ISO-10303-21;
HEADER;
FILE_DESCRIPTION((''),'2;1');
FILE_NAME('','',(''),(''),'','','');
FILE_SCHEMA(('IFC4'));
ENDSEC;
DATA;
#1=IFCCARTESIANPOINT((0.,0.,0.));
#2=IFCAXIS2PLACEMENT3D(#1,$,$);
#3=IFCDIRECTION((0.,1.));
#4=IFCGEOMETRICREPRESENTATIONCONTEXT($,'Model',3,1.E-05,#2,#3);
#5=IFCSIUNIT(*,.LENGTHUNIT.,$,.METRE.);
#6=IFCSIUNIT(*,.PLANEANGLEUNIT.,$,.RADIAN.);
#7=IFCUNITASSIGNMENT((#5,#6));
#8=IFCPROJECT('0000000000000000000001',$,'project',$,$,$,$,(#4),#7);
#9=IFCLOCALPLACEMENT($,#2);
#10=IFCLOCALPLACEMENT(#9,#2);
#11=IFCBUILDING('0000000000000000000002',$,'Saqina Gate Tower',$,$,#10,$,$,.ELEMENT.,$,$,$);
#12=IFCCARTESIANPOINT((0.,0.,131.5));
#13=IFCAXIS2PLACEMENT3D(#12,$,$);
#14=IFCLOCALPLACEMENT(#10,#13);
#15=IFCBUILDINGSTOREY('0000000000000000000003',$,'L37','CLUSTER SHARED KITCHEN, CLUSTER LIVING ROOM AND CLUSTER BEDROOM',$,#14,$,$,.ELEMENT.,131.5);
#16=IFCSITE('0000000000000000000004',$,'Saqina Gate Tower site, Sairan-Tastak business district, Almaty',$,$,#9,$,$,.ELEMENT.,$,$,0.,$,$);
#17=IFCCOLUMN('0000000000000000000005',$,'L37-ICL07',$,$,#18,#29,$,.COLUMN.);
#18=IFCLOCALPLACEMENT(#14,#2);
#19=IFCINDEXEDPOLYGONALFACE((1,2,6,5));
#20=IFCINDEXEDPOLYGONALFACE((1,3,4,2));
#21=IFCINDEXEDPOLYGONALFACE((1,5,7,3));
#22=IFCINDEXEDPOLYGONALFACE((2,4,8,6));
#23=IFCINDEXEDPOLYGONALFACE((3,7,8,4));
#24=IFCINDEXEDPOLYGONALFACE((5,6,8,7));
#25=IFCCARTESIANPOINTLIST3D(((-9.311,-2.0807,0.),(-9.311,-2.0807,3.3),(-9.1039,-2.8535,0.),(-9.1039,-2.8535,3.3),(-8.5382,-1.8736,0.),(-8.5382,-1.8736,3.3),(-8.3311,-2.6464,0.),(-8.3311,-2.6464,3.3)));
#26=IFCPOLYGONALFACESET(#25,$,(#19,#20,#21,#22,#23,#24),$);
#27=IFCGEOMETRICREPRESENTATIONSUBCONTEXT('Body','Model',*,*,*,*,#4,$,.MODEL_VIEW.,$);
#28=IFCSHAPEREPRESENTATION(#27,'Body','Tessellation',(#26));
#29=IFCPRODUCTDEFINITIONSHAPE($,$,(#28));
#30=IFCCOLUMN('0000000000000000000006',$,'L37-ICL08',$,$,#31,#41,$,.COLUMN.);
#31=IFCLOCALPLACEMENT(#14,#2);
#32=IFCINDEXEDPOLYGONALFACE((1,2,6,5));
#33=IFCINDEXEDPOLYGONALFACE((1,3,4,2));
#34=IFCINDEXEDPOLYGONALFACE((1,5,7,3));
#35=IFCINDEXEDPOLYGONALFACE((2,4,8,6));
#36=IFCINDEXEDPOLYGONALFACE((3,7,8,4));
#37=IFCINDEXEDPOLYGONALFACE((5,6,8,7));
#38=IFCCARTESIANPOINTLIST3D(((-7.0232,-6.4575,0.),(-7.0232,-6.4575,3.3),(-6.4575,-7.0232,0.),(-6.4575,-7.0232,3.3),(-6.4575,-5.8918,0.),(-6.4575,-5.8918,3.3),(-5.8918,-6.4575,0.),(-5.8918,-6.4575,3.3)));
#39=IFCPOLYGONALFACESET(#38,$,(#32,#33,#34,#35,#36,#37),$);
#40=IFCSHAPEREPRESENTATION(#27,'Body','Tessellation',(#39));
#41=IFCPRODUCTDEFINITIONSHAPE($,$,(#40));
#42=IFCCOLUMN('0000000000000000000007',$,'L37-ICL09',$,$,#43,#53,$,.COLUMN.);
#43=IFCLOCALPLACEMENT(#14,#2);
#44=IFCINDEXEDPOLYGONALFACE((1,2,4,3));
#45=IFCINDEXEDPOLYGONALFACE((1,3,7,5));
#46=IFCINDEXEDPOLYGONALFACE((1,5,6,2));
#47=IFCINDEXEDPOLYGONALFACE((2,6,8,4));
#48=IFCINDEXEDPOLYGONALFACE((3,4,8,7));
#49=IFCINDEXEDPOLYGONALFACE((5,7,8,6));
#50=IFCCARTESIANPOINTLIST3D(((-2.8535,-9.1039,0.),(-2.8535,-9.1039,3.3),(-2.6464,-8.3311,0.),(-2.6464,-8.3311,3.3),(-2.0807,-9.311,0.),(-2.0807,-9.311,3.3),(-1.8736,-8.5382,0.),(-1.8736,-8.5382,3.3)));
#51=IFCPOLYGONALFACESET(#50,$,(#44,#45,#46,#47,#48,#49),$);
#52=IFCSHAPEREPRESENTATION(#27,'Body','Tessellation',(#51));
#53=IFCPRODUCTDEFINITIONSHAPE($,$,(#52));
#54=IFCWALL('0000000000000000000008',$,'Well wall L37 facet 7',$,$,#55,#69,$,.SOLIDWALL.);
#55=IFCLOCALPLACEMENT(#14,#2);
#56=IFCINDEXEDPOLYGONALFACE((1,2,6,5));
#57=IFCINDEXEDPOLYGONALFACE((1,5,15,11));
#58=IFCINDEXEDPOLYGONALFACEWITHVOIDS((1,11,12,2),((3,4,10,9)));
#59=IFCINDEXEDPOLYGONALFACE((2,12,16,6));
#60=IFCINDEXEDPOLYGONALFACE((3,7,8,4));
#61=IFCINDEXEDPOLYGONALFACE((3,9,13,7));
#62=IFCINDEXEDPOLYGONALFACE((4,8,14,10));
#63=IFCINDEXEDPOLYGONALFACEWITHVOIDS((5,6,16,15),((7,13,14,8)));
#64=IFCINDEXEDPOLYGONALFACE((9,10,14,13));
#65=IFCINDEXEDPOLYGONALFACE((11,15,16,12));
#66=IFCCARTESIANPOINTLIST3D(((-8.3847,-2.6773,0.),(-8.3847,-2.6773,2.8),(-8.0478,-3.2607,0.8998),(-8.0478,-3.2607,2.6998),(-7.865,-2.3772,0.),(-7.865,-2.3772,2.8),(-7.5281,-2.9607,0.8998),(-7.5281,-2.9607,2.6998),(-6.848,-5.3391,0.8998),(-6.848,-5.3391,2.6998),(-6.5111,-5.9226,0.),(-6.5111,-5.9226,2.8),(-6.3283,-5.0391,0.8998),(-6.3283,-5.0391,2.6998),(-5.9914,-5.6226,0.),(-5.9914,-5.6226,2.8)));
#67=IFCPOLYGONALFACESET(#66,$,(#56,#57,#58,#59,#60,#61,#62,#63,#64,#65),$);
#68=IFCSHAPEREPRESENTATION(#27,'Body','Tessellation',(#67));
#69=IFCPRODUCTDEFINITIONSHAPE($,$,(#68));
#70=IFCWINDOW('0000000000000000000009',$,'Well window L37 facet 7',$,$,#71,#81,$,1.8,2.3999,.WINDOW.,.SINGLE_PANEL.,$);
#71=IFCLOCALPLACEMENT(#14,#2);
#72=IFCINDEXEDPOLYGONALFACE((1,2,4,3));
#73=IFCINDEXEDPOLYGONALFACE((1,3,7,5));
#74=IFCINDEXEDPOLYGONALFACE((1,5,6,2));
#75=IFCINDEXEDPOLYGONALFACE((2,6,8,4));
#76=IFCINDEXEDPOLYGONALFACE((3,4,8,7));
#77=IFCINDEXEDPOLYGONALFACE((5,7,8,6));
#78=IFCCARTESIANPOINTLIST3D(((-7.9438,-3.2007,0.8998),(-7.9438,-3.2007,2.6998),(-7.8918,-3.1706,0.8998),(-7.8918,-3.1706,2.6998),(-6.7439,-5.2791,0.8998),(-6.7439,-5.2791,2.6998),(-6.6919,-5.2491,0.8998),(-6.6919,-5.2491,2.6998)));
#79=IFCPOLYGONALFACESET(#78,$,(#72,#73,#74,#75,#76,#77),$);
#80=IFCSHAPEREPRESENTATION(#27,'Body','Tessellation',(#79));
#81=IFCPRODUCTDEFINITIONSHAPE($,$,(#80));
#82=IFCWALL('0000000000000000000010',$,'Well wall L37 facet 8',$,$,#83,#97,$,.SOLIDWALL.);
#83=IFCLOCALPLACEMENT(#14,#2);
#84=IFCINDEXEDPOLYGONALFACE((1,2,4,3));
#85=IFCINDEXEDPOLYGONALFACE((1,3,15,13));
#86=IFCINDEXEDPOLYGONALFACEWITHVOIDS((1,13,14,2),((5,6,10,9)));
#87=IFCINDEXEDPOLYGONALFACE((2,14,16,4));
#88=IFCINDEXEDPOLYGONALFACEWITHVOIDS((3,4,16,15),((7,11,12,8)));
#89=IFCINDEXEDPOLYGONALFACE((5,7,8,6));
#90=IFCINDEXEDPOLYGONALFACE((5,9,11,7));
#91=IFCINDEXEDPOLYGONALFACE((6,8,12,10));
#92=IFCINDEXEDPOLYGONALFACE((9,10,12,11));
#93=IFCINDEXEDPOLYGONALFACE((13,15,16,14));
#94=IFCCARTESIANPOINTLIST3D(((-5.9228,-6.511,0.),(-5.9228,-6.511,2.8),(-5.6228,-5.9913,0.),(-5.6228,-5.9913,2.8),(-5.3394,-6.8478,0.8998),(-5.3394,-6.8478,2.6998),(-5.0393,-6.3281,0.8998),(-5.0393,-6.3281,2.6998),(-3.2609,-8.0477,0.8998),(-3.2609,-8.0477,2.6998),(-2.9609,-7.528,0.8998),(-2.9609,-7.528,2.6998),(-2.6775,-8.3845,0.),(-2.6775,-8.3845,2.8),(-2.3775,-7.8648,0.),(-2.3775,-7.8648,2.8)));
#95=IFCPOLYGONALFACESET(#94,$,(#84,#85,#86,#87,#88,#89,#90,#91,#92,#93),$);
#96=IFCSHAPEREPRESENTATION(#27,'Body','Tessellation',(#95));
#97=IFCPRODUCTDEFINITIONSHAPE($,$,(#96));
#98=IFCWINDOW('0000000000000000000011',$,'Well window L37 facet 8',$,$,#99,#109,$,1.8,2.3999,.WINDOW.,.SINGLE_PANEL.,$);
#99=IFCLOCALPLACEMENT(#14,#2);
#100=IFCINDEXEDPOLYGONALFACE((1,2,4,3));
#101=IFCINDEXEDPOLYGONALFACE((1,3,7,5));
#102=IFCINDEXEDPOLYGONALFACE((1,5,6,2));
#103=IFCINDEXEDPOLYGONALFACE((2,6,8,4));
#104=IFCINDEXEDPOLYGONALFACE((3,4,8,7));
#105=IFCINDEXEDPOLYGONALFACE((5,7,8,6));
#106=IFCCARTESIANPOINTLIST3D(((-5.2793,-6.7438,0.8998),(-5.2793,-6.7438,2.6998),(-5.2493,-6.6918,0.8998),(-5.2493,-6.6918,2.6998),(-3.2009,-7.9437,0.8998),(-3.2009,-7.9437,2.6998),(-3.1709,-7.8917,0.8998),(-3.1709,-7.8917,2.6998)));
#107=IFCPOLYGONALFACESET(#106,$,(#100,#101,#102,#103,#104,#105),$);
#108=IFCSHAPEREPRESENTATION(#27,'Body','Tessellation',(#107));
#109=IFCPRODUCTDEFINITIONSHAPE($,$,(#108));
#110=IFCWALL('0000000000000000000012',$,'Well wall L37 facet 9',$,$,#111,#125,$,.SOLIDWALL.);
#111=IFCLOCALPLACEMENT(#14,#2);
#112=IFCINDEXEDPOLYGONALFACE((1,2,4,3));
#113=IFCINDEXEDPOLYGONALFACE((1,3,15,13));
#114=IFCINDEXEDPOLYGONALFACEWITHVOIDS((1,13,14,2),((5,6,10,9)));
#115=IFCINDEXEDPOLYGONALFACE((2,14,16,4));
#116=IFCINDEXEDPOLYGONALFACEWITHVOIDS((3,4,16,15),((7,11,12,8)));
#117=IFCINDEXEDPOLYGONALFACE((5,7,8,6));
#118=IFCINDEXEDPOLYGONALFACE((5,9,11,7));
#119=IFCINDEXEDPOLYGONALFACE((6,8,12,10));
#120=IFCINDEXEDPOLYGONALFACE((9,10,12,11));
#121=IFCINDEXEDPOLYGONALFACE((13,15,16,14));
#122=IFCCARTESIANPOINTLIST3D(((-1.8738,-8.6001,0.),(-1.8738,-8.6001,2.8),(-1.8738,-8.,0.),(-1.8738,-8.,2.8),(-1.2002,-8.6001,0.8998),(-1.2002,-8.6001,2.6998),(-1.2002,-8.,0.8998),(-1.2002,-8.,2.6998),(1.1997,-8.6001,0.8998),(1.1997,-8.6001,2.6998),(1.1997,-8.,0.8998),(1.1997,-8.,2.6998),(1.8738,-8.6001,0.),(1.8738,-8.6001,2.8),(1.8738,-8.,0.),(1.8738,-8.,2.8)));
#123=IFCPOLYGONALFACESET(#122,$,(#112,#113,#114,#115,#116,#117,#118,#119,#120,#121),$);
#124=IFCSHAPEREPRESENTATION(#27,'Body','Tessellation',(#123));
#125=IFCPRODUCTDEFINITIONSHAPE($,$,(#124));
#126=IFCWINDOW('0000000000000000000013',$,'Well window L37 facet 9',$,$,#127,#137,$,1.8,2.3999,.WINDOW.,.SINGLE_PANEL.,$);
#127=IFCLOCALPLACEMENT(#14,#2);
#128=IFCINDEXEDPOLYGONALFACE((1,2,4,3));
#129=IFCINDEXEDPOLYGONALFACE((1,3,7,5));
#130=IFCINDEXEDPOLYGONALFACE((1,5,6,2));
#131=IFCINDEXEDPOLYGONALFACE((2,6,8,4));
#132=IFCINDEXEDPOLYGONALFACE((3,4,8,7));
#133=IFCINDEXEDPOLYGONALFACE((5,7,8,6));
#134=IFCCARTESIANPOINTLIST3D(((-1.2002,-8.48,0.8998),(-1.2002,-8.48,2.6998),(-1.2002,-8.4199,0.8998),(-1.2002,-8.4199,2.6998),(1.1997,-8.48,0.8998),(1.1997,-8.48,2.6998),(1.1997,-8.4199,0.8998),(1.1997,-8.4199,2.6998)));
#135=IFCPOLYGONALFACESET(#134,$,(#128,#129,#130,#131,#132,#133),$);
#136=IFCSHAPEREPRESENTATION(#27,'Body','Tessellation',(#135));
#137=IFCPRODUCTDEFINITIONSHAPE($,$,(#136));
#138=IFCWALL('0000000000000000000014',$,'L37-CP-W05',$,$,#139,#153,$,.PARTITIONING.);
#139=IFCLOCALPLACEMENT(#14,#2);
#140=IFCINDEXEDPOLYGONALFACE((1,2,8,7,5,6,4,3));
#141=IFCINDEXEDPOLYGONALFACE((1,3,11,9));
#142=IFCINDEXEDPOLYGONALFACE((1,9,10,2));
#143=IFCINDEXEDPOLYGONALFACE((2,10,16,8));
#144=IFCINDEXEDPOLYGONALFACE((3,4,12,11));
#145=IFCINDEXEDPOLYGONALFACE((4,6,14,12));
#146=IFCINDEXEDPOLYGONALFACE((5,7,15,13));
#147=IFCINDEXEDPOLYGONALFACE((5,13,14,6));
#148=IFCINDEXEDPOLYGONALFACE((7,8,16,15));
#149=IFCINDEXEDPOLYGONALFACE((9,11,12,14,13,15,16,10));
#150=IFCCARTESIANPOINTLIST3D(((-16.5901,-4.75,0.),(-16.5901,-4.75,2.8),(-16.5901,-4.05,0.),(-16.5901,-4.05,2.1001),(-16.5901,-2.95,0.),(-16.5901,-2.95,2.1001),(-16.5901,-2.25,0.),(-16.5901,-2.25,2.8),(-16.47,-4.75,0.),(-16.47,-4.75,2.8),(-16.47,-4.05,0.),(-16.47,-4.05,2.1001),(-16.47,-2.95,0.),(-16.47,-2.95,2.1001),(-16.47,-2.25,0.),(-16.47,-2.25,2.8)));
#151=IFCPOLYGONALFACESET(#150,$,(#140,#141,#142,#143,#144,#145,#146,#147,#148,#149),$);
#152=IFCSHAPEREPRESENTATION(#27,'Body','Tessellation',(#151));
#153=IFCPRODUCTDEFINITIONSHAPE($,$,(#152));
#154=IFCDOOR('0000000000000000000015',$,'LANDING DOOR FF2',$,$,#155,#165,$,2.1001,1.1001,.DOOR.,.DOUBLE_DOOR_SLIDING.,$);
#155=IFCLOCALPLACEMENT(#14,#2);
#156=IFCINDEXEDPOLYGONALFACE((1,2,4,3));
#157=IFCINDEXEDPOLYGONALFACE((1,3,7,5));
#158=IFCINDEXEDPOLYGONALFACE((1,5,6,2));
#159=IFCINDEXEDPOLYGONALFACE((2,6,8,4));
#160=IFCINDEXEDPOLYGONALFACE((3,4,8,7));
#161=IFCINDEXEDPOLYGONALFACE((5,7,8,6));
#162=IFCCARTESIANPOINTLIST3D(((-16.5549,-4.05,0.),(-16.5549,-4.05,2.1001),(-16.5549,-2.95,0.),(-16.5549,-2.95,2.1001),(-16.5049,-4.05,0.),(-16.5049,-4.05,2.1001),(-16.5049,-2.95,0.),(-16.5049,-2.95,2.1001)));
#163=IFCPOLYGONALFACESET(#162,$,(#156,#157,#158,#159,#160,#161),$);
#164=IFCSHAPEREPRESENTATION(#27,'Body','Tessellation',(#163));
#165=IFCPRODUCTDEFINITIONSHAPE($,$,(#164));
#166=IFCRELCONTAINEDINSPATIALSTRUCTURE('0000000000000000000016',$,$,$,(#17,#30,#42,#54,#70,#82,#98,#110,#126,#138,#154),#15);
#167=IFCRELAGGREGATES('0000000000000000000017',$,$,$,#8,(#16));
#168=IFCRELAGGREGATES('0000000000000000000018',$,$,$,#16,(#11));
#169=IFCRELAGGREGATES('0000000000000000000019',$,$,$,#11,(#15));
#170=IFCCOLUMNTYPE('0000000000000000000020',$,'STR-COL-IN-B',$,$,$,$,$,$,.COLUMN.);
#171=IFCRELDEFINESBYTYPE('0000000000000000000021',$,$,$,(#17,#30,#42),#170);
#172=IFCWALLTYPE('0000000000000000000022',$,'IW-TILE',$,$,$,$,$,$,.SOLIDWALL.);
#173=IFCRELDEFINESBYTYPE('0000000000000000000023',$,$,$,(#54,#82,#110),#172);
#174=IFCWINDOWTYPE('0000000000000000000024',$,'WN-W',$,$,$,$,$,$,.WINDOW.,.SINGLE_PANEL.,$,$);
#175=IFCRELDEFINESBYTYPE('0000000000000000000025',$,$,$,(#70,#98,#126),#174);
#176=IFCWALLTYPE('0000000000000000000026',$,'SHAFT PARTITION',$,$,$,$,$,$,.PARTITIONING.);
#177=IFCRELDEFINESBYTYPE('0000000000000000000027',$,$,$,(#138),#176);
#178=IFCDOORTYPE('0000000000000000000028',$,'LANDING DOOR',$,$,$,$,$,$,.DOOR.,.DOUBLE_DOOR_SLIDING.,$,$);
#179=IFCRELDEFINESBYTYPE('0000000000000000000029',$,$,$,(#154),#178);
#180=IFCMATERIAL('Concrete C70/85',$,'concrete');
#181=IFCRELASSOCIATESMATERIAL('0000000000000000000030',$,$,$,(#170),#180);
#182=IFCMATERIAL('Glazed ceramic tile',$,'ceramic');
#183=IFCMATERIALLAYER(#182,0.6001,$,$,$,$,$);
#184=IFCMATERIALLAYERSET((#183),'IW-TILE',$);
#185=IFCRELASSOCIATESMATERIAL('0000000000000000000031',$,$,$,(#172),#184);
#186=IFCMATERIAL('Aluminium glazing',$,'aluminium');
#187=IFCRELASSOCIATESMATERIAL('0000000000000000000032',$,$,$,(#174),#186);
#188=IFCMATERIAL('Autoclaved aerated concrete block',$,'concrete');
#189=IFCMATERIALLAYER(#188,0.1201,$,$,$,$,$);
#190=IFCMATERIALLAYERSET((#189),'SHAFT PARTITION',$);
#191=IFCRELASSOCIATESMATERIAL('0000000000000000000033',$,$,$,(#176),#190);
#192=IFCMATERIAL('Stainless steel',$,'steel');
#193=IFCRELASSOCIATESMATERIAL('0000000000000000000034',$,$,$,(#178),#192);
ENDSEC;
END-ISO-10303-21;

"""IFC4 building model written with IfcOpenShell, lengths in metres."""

from ifc_helpers import new_model, si_unit, direction, frame, frame_2d, origin, origin_2d, place, context, subcontext, project, spatial, rectangle, extrude, material, layer, layer_set, material_profile, profile_set, type_object, element, fill, save


model = new_model("IFC4")

# Units and contexts
model_context = context("Model", 3, precision=1e-05, world=origin(), true_north=direction((0.0, 1.0)))
body_context = subcontext(model_context, "Body", "Model", "MODEL_VIEW")
ifc_project = project(units=[si_unit("LENGTHUNIT", "METRE"), si_unit("PLANEANGLEUNIT", "RADIAN")], contexts=[model_context])

# Site, building, storey
site_placement = place(None, origin())
site = spatial("IfcSite", under=ifc_project, at=site_placement, Name="Saqina Gate Tower site, Sairan-Tastak business district, Almaty", CompositionType="ELEMENT", RefElevation=0.0)
building_placement = place(site_placement, origin())
building = spatial("IfcBuilding", under=site, at=building_placement, Name="Saqina Gate Tower", CompositionType="ELEMENT")
storey_placement = place(building_placement, frame((0.0, 0.0, 131.5)))
storey = spatial("IfcBuildingStorey", under=building, at=storey_placement, Name="L37", Description="CLUSTER SHARED KITCHEN, CLUSTER LIVING ROOM AND CLUSTER BEDROOM", CompositionType="ELEMENT", Elevation=131.5)

# Columns
ifc_material_1 = material(Name="Concrete C70/85", Category="concrete")
ifc_material_profile = material_profile(ifc_material_1, rectangle(XDim=0.8, YDim=0.8, at=origin_2d()), Name="RC 800x800")
ifc_profile_set = profile_set([ifc_material_profile], Name="Concrete C70/85")
column_type = type_object("IfcColumnType", Name="STR-COL-IN-B", PredefinedType="COLUMN", material=ifc_profile_set)
for number, where, z_axis, x_axis, name in (
    (1, (-8.821, -2.3635, 0.0), (0.0, 0.0, 1.0), (-0.965926, -0.258819, 0.0), "L37-ICL07"),
    (2, (-6.4575, -6.4575, 0.0), (0.0, 0.0, 1.0), (-0.707107, -0.707107, 0.0), "L37-ICL08"),
    (3, (-2.3635, -8.821, 0.0), (0.0, 0.0, 1.0), (-0.258819, -0.965926, 0.0), "L37-ICL09"),
):
    element("IfcColumn", number, at=place(storey_placement, frame(where, z_axis=z_axis, x_axis=x_axis)), inside=storey, type_object=column_type, Name=name, PredefinedType="COLUMN", context=body_context, shape_type="SweptSolid", body=[
        extrude(rectangle(XDim=0.8, YDim=0.8, at=origin_2d()), origin(), (0.0, 0.0, 1.0), 3.3),
    ])

# Walls, openings, windows
ifc_material_2 = material(Name="Glazed ceramic tile", Category="ceramic")
ifc_layer_1 = layer(ifc_material_2, 0.6001)
ifc_layer_set_1 = layer_set([ifc_layer_1], Name="IW-TILE")
wall_type_1 = type_object("IfcWallType", Name="IW-TILE", PredefinedType="SOLIDWALL", material=ifc_layer_set_1)
wall_1_placement = place(storey_placement, frame((-8.1248, -2.5273, 0.0), z_axis=(0.0, 0.0, 1.0), x_axis=(0.499965, -0.866046, 0.0)))
wall_1 = element("IfcWall", 4, at=wall_1_placement, inside=storey, type_object=wall_type_1, Name="Well wall L37 facet 7", PredefinedType="SOLIDWALL", context=body_context, shape_type="SweptSolid", body=[
    extrude(rectangle(XDim=3.7473, YDim=0.6001, at=frame_2d((1.8735, 0.0))), origin(), (0.0, 0.0, 1.0), 2.8),
])
opening_1_placement = place(wall_1_placement, frame((0.6736, 0.0, 0.8999)))
opening_1 = element("IfcOpeningElement", 5, at=opening_1_placement, cuts=wall_1, PredefinedType="OPENING", context=body_context, shape_type="SweptSolid", body=[
    extrude(rectangle(XDim=2.3999, YDim=1.8, at=frame_2d((1.2, 0.8999))), frame((0.0, 0.312, 0.0), z_axis=(0.0, -1.0, 0.0), x_axis=(1.0, 0.0, 0.0)), (0.0, 0.0, 1.0), 0.624),
])
ifc_material_3 = material(Name="Aluminium glazing", Category="aluminium")
window_type = type_object("IfcWindowType", Name="WN-W", PartitioningType="SINGLE_PANEL", PredefinedType="WINDOW", material=ifc_material_3)
window_1_placement = place(opening_1_placement, origin())
window_1 = element("IfcWindow", 6, at=window_1_placement, inside=storey, type_object=window_type, Name="Well window L37 facet 7", OverallHeight=1.8, OverallWidth=2.3999, PartitioningType="SINGLE_PANEL", PredefinedType="WINDOW", context=body_context, shape_type="SweptSolid", body=[
    extrude(rectangle(XDim=2.3999, YDim=1.8, at=frame_2d((1.2, 0.8999))), frame((0.0, -0.1199, 0.0), z_axis=(0.0, -1.0, 0.0), x_axis=(1.0, 0.0, 0.0)), (0.0, 0.0, 1.0), 0.0601),
])
fill(opening_1, window_1)
wall_2_placement = place(storey_placement, frame((-5.7727, -6.2512, 0.0), z_axis=(0.0, 0.0, 1.0), x_axis=(0.866046, -0.499965, 0.0)))
wall_2 = element("IfcWall", 7, at=wall_2_placement, inside=storey, type_object=wall_type_1, Name="Well wall L37 facet 8", PredefinedType="SOLIDWALL", context=body_context, shape_type="SweptSolid", body=[
    extrude(rectangle(XDim=3.7473, YDim=0.6001, at=frame_2d((1.8735, 0.0))), origin(), (0.0, 0.0, 1.0), 2.8),
])
opening_2_placement = place(wall_2_placement, frame((0.6736, 0.0, 0.8999)))
opening_2 = element("IfcOpeningElement", 8, at=opening_2_placement, cuts=wall_2, PredefinedType="OPENING", context=body_context, shape_type="SweptSolid", body=[
    extrude(rectangle(XDim=2.3999, YDim=1.8, at=frame_2d((1.2, 0.8999))), frame((0.0, 0.312, 0.0), z_axis=(0.0, -1.0, 0.0), x_axis=(1.0, 0.0, 0.0)), (0.0, 0.0, 1.0), 0.624),
])
window_2_placement = place(opening_2_placement, origin())
window_2 = element("IfcWindow", 9, at=window_2_placement, inside=storey, type_object=window_type, Name="Well window L37 facet 8", OverallHeight=1.8, OverallWidth=2.3999, PartitioningType="SINGLE_PANEL", PredefinedType="WINDOW", context=body_context, shape_type="SweptSolid", body=[
    extrude(rectangle(XDim=2.3999, YDim=1.8, at=frame_2d((1.2, 0.8999))), frame((0.0, -0.1199, 0.0), z_axis=(0.0, -1.0, 0.0), x_axis=(1.0, 0.0, 0.0)), (0.0, 0.0, 1.0), 0.0601),
])
fill(opening_2, window_2)
wall_3_placement = place(storey_placement, frame((-1.8738, -8.3, 0.0), z_axis=(0.0, 0.0, 1.0), x_axis=(1.0, 0.0, 0.0)))
wall_3 = element("IfcWall", 10, at=wall_3_placement, inside=storey, type_object=wall_type_1, Name="Well wall L37 facet 9", PredefinedType="SOLIDWALL", context=body_context, shape_type="SweptSolid", body=[
    extrude(rectangle(XDim=3.7476, YDim=0.6001, at=frame_2d((1.8738, 0.0))), origin(), (0.0, 0.0, 1.0), 2.8),
])
opening_3_placement = place(wall_3_placement, frame((0.6736, 0.0, 0.8999)))
opening_3 = element("IfcOpeningElement", 11, at=opening_3_placement, cuts=wall_3, PredefinedType="OPENING", context=body_context, shape_type="SweptSolid", body=[
    extrude(rectangle(XDim=2.3999, YDim=1.8, at=frame_2d((1.2, 0.8999))), frame((0.0, 0.312, 0.0), z_axis=(0.0, -1.0, 0.0), x_axis=(1.0, 0.0, 0.0)), (0.0, 0.0, 1.0), 0.624),
])
window_3_placement = place(opening_3_placement, origin())
window_3 = element("IfcWindow", 12, at=window_3_placement, inside=storey, type_object=window_type, Name="Well window L37 facet 9", OverallHeight=1.8, OverallWidth=2.3999, PartitioningType="SINGLE_PANEL", PredefinedType="WINDOW", context=body_context, shape_type="SweptSolid", body=[
    extrude(rectangle(XDim=2.3999, YDim=1.8, at=frame_2d((1.2, 0.8999))), frame((0.0, -0.1199, 0.0), z_axis=(0.0, -1.0, 0.0), x_axis=(1.0, 0.0, 0.0)), (0.0, 0.0, 1.0), 0.0601),
])
fill(opening_3, window_3)

# Wall, opening, door
ifc_material_4 = material(Name="Autoclaved aerated concrete block", Category="concrete")
ifc_layer_2 = layer(ifc_material_4, 0.1201)
ifc_layer_set_2 = layer_set([ifc_layer_2], Name="SHAFT PARTITION")
wall_type_2 = type_object("IfcWallType", Name="SHAFT PARTITION", PredefinedType="PARTITIONING", material=ifc_layer_set_2)
wall_4_placement = place(storey_placement, frame((-16.53, -4.75, 0.0), z_axis=(0.0, 0.0, 1.0), x_axis=(0.0, 1.0, 0.0)))
wall_4 = element("IfcWall", 13, at=wall_4_placement, inside=storey, type_object=wall_type_2, Name="L37-CP-W05", PredefinedType="PARTITIONING", context=body_context, shape_type="SweptSolid", body=[
    extrude(rectangle(XDim=2.5, YDim=0.1201, at=frame_2d((1.25, 0.0))), origin(), (0.0, 0.0, 1.0), 2.8),
])
opening_4_placement = place(wall_4_placement, frame((0.7, 0.0, 0.0)))
opening_4 = element("IfcOpeningElement", 14, at=opening_4_placement, cuts=wall_4, PredefinedType="OPENING", context=body_context, shape_type="SweptSolid", body=[
    extrude(rectangle(XDim=1.1001, YDim=2.1001, at=frame_2d((0.55, 1.05))), frame((0.0, 0.072, 0.0), z_axis=(0.0, -1.0, 0.0), x_axis=(1.0, 0.0, 0.0)), (0.0, 0.0, 1.0), 0.144),
])
ifc_material_5 = material(Name="Stainless steel", Category="steel")
door_type_1 = type_object("IfcDoorType", Name="LANDING DOOR", OperationType="DOUBLE_DOOR_SLIDING", PredefinedType="DOOR", material=ifc_material_5)
door_1_placement = place(opening_4_placement, origin())
door_1 = element("IfcDoor", 15, at=door_1_placement, inside=storey, type_object=door_type_1, Name="LANDING DOOR FF2", OperationType="DOUBLE_DOOR_SLIDING", OverallHeight=2.1001, OverallWidth=1.1001, PredefinedType="DOOR", context=body_context, shape_type="SweptSolid", body=[
    extrude(rectangle(XDim=1.1001, YDim=2.1001, at=frame_2d((0.55, 1.05))), frame((0.0, 0.0249, 0.0), z_axis=(0.0, -1.0, 0.0), x_axis=(1.0, 0.0, 0.0)), (0.0, 0.0, 1.0), 0.05),
])
fill(opening_4, door_1)

save(model, "model.ifc")
